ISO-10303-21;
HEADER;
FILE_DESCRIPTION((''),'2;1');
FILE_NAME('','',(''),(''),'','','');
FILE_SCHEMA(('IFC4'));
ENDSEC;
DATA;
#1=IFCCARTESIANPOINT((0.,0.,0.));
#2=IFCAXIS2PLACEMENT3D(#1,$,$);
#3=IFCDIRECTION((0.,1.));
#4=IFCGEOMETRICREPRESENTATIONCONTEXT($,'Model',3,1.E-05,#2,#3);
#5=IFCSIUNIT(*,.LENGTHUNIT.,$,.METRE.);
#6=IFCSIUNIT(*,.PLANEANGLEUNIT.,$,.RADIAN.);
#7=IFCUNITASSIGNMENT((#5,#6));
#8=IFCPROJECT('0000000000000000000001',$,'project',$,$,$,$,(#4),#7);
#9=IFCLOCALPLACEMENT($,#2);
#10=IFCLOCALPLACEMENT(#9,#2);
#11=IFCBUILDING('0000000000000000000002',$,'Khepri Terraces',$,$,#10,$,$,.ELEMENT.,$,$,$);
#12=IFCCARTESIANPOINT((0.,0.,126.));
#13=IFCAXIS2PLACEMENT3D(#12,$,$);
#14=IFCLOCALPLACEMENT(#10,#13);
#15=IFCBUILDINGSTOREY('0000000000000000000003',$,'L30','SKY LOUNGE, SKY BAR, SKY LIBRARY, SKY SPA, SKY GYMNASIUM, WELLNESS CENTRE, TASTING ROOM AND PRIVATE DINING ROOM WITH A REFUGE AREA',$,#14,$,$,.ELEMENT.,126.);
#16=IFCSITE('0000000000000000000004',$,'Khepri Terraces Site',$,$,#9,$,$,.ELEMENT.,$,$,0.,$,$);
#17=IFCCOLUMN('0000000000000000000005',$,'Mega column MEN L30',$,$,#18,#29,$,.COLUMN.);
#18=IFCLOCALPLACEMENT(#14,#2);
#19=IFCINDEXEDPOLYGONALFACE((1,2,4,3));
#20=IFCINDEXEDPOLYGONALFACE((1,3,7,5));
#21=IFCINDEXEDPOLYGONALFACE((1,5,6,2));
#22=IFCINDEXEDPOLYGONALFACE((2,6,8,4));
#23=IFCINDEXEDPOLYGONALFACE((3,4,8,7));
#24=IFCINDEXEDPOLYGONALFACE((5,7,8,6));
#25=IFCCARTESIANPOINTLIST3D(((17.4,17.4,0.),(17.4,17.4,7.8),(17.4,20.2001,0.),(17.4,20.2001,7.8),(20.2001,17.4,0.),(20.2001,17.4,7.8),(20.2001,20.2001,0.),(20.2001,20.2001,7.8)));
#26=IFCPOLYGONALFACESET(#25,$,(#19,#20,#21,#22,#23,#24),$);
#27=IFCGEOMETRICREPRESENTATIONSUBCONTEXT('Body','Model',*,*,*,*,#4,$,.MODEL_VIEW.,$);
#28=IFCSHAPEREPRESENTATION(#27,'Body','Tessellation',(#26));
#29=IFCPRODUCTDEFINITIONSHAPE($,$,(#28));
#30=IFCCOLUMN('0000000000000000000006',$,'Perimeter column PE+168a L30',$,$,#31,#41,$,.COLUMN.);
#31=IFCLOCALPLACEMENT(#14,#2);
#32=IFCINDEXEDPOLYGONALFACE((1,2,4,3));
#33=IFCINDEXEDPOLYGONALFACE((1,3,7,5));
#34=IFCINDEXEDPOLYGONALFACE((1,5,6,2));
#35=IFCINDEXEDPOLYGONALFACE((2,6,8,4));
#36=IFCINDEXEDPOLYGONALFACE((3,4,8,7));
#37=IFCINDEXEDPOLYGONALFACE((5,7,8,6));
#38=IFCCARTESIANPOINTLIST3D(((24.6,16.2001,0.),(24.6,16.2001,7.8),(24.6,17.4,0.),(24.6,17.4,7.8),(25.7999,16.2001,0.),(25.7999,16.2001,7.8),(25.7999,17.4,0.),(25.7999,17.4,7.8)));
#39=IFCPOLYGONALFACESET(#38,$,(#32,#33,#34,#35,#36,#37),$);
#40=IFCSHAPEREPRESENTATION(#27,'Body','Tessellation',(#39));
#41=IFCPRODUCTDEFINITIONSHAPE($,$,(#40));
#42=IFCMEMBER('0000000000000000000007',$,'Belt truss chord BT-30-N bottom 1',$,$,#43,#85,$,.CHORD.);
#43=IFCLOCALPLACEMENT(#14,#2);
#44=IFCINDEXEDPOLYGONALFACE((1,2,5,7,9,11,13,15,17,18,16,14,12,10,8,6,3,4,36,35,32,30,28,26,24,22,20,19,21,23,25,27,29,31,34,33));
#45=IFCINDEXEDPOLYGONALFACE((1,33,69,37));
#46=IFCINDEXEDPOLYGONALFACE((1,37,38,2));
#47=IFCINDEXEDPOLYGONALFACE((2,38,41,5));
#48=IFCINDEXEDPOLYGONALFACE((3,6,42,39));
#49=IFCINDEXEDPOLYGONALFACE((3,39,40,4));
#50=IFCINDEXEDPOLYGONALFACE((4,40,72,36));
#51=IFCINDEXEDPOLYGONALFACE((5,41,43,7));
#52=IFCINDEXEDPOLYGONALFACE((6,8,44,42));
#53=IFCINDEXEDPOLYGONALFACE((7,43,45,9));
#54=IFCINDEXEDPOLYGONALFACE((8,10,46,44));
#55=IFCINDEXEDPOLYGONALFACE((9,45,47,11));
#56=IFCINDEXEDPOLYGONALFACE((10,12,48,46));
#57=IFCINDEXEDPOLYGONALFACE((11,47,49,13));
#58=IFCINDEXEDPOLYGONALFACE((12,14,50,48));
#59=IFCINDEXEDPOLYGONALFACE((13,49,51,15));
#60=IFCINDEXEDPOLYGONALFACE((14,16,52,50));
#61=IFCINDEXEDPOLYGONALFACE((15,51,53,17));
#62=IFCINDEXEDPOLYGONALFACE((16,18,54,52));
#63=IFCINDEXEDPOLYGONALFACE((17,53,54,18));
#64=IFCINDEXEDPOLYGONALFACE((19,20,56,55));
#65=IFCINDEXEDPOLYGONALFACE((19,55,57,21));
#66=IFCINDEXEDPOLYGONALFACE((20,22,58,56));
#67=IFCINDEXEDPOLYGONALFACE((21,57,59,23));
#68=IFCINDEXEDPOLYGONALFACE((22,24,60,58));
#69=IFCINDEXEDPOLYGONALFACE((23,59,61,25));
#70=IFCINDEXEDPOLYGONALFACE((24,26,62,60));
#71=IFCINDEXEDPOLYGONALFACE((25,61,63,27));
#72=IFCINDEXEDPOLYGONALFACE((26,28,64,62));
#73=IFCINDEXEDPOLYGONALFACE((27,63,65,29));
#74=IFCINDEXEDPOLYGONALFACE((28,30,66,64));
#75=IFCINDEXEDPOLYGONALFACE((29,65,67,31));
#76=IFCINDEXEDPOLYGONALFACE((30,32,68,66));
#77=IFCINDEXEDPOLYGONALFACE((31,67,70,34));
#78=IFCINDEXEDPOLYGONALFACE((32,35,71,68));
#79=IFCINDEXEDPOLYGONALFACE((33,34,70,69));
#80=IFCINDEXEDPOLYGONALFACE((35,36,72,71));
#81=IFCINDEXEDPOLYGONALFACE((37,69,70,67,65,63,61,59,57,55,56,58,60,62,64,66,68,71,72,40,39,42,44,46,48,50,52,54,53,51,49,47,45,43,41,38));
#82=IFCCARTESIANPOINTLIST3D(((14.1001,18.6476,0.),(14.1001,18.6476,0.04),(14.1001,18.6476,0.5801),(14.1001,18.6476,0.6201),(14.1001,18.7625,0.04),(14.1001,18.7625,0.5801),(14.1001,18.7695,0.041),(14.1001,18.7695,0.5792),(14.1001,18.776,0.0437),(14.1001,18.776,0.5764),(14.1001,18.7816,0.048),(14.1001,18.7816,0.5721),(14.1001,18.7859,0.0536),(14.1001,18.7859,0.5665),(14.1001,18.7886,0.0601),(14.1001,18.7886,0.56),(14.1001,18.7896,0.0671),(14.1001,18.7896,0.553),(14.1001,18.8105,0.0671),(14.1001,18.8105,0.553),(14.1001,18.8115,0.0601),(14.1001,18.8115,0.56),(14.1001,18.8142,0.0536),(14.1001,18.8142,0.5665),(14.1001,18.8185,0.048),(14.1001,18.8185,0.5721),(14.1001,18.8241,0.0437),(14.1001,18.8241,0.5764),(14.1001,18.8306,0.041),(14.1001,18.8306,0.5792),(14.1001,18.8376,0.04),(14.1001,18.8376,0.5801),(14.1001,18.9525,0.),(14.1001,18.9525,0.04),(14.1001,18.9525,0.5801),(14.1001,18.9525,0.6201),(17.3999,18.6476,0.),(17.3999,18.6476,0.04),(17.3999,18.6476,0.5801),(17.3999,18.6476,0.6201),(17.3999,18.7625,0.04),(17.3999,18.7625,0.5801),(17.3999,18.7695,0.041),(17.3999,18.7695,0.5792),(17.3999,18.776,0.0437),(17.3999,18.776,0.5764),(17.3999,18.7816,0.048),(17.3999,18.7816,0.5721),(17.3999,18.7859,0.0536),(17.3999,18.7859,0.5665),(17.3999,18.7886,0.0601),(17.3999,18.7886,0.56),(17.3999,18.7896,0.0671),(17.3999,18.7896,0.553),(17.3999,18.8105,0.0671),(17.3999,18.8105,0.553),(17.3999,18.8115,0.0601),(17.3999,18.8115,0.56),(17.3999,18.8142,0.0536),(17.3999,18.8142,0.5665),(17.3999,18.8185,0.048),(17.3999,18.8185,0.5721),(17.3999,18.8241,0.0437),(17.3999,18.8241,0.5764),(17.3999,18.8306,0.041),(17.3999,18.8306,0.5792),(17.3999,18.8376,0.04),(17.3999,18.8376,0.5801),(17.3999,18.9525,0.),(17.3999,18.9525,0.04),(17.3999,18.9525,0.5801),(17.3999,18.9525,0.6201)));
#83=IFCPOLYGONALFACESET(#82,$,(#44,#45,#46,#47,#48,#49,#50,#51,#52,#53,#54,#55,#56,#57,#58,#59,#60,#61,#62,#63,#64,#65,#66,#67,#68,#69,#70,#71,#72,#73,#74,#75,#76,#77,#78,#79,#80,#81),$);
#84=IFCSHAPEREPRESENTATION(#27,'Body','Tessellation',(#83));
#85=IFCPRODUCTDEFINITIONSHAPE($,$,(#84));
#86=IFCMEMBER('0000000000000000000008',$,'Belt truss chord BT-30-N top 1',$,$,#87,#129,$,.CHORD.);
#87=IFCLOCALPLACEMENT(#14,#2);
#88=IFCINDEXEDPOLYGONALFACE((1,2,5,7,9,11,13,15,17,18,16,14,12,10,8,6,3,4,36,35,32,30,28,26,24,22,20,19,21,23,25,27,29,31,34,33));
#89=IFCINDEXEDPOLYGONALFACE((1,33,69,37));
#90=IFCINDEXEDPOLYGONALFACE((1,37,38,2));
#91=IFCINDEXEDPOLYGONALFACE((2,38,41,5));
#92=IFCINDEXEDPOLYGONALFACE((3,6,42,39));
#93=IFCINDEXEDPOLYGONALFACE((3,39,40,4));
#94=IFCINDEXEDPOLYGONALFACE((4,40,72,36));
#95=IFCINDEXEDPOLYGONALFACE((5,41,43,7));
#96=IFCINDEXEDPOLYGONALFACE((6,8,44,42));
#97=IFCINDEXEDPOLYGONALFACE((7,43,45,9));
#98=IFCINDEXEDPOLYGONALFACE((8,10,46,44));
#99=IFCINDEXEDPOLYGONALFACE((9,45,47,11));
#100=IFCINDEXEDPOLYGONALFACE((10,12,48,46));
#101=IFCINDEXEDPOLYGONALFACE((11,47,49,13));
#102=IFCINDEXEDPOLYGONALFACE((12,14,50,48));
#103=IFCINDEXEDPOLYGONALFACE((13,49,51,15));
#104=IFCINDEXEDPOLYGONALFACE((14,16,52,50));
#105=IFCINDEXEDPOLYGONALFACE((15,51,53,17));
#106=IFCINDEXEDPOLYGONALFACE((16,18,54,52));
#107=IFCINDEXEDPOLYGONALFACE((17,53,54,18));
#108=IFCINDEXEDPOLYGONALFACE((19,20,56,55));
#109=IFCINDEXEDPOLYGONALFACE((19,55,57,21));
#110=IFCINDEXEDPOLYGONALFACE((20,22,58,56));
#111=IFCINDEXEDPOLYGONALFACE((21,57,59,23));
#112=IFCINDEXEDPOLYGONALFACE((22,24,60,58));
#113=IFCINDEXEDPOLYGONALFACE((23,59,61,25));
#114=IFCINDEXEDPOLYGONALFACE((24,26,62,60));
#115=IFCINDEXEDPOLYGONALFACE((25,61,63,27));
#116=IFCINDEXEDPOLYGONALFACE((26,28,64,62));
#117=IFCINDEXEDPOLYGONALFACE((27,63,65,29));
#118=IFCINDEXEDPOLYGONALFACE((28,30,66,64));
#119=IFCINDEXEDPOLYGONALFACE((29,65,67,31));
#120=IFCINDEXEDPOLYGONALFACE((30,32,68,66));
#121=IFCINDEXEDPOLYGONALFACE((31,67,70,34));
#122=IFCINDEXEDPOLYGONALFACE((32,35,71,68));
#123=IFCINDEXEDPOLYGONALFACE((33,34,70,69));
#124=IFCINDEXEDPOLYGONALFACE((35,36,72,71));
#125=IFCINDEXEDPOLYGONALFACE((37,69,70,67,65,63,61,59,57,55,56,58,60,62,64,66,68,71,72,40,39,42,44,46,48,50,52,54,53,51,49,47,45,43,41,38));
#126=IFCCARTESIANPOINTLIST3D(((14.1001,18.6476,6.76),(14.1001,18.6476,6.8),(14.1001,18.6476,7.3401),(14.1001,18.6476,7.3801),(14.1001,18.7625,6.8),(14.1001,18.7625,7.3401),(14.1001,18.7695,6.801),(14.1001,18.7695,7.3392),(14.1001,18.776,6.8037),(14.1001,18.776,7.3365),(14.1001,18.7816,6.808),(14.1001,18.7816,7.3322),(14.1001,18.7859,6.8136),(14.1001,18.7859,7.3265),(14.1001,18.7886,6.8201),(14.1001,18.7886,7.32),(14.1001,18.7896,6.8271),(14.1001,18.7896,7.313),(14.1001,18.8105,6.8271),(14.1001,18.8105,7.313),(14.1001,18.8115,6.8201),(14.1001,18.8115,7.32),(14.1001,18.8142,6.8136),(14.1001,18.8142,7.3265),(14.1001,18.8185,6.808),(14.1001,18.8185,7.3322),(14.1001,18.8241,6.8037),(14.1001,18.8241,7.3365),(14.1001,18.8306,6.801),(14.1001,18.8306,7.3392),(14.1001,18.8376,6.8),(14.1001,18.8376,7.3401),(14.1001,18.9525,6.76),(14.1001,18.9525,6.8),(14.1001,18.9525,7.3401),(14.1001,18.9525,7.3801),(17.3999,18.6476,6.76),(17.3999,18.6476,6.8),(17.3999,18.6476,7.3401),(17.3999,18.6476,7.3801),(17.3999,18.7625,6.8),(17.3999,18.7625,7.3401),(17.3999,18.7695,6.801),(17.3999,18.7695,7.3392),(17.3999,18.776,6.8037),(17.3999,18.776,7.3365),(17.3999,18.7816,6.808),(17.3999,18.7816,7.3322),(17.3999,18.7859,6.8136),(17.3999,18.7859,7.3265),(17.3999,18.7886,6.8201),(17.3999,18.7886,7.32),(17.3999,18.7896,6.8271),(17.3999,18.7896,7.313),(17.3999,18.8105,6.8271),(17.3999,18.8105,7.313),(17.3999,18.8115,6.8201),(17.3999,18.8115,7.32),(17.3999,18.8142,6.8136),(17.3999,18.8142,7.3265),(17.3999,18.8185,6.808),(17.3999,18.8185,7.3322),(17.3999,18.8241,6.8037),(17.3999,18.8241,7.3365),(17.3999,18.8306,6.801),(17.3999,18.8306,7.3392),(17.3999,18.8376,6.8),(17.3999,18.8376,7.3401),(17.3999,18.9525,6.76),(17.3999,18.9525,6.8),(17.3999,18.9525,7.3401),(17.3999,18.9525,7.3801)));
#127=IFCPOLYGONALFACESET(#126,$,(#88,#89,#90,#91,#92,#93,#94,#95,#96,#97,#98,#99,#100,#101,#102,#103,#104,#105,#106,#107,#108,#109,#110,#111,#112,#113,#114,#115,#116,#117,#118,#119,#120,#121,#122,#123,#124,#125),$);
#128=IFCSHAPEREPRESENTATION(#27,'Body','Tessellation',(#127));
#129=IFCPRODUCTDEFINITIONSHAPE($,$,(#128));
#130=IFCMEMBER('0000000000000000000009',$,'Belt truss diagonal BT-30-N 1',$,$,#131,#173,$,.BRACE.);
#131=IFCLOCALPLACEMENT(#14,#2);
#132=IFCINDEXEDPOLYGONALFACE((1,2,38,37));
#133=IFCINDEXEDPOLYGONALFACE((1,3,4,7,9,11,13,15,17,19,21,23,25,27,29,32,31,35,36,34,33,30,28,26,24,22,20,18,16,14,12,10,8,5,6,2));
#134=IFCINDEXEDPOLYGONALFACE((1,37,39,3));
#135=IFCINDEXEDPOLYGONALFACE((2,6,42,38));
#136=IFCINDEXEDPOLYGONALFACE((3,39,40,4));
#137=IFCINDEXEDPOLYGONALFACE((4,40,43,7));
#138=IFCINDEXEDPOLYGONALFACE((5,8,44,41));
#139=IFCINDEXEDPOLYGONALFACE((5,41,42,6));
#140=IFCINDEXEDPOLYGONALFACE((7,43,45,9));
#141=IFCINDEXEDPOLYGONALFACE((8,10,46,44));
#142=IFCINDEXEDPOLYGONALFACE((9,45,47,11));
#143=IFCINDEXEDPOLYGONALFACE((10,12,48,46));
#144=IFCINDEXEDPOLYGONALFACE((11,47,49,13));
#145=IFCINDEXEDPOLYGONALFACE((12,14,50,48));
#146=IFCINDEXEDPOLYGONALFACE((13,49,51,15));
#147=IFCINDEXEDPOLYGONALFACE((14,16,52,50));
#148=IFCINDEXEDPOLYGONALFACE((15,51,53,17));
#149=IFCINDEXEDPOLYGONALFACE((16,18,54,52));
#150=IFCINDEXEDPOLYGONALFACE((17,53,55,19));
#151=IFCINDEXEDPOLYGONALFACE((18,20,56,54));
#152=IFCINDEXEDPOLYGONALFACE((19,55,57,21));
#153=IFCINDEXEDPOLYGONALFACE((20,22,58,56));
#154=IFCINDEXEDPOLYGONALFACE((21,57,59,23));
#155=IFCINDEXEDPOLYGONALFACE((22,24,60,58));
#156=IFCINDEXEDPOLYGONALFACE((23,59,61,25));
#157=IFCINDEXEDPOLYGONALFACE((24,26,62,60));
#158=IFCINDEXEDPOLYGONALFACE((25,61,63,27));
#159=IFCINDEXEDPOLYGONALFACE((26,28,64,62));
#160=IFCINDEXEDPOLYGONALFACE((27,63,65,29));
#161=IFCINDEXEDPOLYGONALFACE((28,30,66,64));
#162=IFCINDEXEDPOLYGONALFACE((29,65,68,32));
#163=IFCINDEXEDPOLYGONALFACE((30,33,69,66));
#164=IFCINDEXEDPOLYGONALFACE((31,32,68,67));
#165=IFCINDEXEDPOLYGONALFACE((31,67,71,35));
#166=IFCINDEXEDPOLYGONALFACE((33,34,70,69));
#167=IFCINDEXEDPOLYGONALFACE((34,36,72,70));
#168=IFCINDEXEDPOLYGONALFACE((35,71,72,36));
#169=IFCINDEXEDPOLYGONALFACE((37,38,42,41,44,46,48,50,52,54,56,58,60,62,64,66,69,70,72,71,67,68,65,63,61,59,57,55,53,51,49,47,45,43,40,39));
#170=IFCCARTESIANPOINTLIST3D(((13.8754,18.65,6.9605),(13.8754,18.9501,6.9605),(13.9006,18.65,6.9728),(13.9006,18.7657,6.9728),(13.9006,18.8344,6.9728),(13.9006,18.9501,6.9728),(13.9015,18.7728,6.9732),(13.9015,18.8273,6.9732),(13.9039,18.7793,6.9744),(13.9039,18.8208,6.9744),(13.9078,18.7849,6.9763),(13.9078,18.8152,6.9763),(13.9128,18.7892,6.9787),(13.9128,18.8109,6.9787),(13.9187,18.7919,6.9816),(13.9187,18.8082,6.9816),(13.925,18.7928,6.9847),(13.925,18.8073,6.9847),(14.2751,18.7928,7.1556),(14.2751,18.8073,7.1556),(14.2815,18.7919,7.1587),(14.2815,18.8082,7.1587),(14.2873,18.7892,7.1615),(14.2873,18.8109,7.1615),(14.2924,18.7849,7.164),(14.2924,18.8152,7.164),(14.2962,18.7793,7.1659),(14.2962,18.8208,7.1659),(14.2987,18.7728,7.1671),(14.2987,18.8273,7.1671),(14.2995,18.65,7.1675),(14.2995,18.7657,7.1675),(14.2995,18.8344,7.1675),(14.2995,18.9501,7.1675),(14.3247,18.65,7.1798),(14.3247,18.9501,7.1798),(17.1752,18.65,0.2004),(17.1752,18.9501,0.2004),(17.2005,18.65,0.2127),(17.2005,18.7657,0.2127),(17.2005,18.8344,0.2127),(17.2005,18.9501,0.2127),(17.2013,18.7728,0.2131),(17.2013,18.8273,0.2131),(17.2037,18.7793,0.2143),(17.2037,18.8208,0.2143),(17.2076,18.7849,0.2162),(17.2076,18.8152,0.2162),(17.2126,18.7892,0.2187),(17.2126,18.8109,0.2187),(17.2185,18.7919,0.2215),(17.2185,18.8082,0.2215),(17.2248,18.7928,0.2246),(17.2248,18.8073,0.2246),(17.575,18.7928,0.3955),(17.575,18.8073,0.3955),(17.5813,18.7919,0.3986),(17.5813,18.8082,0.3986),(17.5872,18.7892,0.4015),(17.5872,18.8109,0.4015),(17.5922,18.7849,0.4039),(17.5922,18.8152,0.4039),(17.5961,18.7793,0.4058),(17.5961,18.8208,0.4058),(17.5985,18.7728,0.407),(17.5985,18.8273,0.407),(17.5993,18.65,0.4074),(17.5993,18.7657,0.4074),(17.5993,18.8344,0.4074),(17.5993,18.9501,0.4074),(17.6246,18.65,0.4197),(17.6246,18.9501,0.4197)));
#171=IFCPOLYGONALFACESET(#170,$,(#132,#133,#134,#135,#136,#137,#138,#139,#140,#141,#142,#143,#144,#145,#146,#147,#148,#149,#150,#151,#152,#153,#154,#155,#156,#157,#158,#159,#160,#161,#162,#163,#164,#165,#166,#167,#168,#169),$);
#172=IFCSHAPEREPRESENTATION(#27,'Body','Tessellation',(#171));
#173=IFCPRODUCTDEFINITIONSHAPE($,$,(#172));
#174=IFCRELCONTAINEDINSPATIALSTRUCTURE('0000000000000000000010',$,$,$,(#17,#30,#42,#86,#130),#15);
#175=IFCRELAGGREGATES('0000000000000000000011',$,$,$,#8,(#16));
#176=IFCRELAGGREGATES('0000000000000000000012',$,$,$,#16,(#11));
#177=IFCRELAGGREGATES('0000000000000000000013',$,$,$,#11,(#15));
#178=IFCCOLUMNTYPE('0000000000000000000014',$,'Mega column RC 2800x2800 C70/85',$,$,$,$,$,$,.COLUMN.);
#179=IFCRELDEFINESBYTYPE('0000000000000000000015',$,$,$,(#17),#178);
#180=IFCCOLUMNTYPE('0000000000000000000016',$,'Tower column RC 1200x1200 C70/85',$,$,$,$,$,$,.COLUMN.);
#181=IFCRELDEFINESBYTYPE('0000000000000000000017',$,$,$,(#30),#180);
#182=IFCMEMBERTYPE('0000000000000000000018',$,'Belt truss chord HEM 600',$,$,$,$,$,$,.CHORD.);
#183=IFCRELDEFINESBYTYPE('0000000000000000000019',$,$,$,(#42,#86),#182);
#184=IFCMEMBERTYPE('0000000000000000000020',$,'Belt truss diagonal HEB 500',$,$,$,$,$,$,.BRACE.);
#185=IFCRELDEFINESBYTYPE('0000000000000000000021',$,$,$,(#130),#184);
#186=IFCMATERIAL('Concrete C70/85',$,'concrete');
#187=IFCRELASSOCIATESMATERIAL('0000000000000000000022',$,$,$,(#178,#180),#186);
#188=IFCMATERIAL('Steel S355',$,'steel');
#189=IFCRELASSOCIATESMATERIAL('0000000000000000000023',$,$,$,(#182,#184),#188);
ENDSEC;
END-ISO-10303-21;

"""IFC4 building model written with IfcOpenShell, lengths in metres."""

from ifc_helpers import new_model, si_unit, direction, frame, origin, origin_2d, place, context, subcontext, project, spatial, rectangle, i_section, extrude, material, material_profile, profile_set, type_object, element, save


model = new_model("IFC4")

# Units and contexts
model_context = context("Model", 3, precision=1e-05, world=origin(), true_north=direction((0.0, 1.0)))
body_context = subcontext(model_context, "Body", "Model", "MODEL_VIEW")
ifc_project = project(units=[si_unit("LENGTHUNIT", "METRE"), si_unit("PLANEANGLEUNIT", "RADIAN")], contexts=[model_context])

# Site, building, storey
site_placement = place(None, origin())
site = spatial("IfcSite", under=ifc_project, at=site_placement, Name="Khepri Terraces Site", CompositionType="ELEMENT", RefElevation=0.0)
building_placement = place(site_placement, origin())
building = spatial("IfcBuilding", under=site, at=building_placement, Name="Khepri Terraces", CompositionType="ELEMENT")
storey_placement = place(building_placement, frame((0.0, 0.0, 126.0)))
storey = spatial("IfcBuildingStorey", under=building, at=storey_placement, Name="L30", Description="SKY LOUNGE, SKY BAR, SKY LIBRARY, SKY SPA, SKY GYMNASIUM, WELLNESS CENTRE, TASTING ROOM AND PRIVATE DINING ROOM WITH A REFUGE AREA", CompositionType="ELEMENT", Elevation=126.0)

# Columns
ifc_material_1 = material(Name="Concrete C70/85", Category="concrete")
ifc_material_profile_1 = material_profile(ifc_material_1, rectangle(XDim=2.8, YDim=2.8, at=origin_2d()), Name="Concrete C70/85", Category="concrete")
ifc_profile_set_1 = profile_set([ifc_material_profile_1], Name="Concrete C70/85")
column_type_1 = type_object("IfcColumnType", Name="Mega column RC 2800x2800 C70/85", PredefinedType="COLUMN", material=ifc_profile_set_1)
column_1_placement = place(storey_placement, frame((18.8, 18.8, 0.0), z_axis=(0.0, 0.0, 1.0), x_axis=(1.0, 0.0, 0.0)))
element("IfcColumn", 1, at=column_1_placement, inside=storey, type_object=column_type_1, Name="Mega column MEN L30", PredefinedType="COLUMN", context=body_context, shape_type="SweptSolid", body=[
    extrude(rectangle(XDim=2.8, YDim=2.8, at=origin_2d()), origin(), (0.0, 0.0, 1.0), 7.8),
])
ifc_material_profile_2 = material_profile(ifc_material_1, rectangle(XDim=1.2, YDim=1.2, at=origin_2d()), Name="Concrete C70/85", Category="concrete")
ifc_profile_set_2 = profile_set([ifc_material_profile_2], Name="Concrete C70/85")
column_type_2 = type_object("IfcColumnType", Name="Tower column RC 1200x1200 C70/85", PredefinedType="COLUMN", material=ifc_profile_set_2)
column_2_placement = place(storey_placement, frame((25.2, 16.8, 0.0), z_axis=(0.0, 0.0, 1.0), x_axis=(1.0, 0.0, 0.0)))
element("IfcColumn", 2, at=column_2_placement, inside=storey, type_object=column_type_2, Name="Perimeter column PE+168a L30", PredefinedType="COLUMN", context=body_context, shape_type="SweptSolid", body=[
    extrude(rectangle(XDim=1.2, YDim=1.2, at=origin_2d()), origin(), (0.0, 0.0, 1.0), 7.8),
])

# Members
ifc_material_2 = material(Name="Steel S355", Category="steel")
ifc_material_profile_3 = material_profile(ifc_material_2, i_section(OverallWidth=0.3049, OverallDepth=0.6201, WebThickness=0.021, FlangeThickness=0.04, FilletRadius=0.0271, at=origin_2d()), Name="Steel S355", Category="steel")
ifc_profile_set_3 = profile_set([ifc_material_profile_3], Name="Steel S355")
member_type_1 = type_object("IfcMemberType", Name="Belt truss chord HEM 600", PredefinedType="CHORD", material=ifc_profile_set_3)
for number, where, z_axis, x_axis, name in (
    (3, (17.3999, 18.8, 0.3101), (-1.0, 0.0, 0.0), (0.0, -1.0, 0.0), "Belt truss chord BT-30-N bottom 1"),
    (4, (17.3999, 18.8, 7.0701), (-1.0, 0.0, 0.0), (0.0, -1.0, 0.0), "Belt truss chord BT-30-N top 1"),
):
    element("IfcMember", number, at=place(storey_placement, frame(where, z_axis=z_axis, x_axis=x_axis)), inside=storey, type_object=member_type_1, Name=name, PredefinedType="CHORD", context=body_context, shape_type="SweptSolid", body=[
        extrude(i_section(OverallWidth=0.3049, OverallDepth=0.6201, WebThickness=0.021, FlangeThickness=0.04, FilletRadius=0.0271, at=origin_2d()), origin(), (0.0, 0.0, 1.0), 3.2998),
    ])
ifc_material_profile_4 = material_profile(ifc_material_2, i_section(OverallWidth=0.3, OverallDepth=0.5, WebThickness=0.0144, FlangeThickness=0.0281, FilletRadius=0.0271, at=origin_2d()), Name="Steel S355", Category="steel")
ifc_profile_set_4 = profile_set([ifc_material_profile_4], Name="Steel S355")
member_type_2 = type_object("IfcMemberType", Name="Belt truss diagonal HEB 500", PredefinedType="BRACE", material=ifc_profile_set_4)
member_1_placement = place(storey_placement, frame((17.3999, 18.8, 0.3101), z_axis=(-0.438664, 0.0, 0.898651), x_axis=(0.0, -1.0, 0.0)))
element("IfcMember", 5, at=member_1_placement, inside=storey, type_object=member_type_2, Name="Belt truss diagonal BT-30-N 1", PredefinedType="BRACE", context=body_context, shape_type="SweptSolid", body=[
    extrude(i_section(OverallWidth=0.3, OverallDepth=0.5, WebThickness=0.0144, FlangeThickness=0.0281, FilletRadius=0.0271, at=origin_2d()), origin(), (0.0, 0.0, 1.0), 7.5225),
])

save(model, "model.ifc")
